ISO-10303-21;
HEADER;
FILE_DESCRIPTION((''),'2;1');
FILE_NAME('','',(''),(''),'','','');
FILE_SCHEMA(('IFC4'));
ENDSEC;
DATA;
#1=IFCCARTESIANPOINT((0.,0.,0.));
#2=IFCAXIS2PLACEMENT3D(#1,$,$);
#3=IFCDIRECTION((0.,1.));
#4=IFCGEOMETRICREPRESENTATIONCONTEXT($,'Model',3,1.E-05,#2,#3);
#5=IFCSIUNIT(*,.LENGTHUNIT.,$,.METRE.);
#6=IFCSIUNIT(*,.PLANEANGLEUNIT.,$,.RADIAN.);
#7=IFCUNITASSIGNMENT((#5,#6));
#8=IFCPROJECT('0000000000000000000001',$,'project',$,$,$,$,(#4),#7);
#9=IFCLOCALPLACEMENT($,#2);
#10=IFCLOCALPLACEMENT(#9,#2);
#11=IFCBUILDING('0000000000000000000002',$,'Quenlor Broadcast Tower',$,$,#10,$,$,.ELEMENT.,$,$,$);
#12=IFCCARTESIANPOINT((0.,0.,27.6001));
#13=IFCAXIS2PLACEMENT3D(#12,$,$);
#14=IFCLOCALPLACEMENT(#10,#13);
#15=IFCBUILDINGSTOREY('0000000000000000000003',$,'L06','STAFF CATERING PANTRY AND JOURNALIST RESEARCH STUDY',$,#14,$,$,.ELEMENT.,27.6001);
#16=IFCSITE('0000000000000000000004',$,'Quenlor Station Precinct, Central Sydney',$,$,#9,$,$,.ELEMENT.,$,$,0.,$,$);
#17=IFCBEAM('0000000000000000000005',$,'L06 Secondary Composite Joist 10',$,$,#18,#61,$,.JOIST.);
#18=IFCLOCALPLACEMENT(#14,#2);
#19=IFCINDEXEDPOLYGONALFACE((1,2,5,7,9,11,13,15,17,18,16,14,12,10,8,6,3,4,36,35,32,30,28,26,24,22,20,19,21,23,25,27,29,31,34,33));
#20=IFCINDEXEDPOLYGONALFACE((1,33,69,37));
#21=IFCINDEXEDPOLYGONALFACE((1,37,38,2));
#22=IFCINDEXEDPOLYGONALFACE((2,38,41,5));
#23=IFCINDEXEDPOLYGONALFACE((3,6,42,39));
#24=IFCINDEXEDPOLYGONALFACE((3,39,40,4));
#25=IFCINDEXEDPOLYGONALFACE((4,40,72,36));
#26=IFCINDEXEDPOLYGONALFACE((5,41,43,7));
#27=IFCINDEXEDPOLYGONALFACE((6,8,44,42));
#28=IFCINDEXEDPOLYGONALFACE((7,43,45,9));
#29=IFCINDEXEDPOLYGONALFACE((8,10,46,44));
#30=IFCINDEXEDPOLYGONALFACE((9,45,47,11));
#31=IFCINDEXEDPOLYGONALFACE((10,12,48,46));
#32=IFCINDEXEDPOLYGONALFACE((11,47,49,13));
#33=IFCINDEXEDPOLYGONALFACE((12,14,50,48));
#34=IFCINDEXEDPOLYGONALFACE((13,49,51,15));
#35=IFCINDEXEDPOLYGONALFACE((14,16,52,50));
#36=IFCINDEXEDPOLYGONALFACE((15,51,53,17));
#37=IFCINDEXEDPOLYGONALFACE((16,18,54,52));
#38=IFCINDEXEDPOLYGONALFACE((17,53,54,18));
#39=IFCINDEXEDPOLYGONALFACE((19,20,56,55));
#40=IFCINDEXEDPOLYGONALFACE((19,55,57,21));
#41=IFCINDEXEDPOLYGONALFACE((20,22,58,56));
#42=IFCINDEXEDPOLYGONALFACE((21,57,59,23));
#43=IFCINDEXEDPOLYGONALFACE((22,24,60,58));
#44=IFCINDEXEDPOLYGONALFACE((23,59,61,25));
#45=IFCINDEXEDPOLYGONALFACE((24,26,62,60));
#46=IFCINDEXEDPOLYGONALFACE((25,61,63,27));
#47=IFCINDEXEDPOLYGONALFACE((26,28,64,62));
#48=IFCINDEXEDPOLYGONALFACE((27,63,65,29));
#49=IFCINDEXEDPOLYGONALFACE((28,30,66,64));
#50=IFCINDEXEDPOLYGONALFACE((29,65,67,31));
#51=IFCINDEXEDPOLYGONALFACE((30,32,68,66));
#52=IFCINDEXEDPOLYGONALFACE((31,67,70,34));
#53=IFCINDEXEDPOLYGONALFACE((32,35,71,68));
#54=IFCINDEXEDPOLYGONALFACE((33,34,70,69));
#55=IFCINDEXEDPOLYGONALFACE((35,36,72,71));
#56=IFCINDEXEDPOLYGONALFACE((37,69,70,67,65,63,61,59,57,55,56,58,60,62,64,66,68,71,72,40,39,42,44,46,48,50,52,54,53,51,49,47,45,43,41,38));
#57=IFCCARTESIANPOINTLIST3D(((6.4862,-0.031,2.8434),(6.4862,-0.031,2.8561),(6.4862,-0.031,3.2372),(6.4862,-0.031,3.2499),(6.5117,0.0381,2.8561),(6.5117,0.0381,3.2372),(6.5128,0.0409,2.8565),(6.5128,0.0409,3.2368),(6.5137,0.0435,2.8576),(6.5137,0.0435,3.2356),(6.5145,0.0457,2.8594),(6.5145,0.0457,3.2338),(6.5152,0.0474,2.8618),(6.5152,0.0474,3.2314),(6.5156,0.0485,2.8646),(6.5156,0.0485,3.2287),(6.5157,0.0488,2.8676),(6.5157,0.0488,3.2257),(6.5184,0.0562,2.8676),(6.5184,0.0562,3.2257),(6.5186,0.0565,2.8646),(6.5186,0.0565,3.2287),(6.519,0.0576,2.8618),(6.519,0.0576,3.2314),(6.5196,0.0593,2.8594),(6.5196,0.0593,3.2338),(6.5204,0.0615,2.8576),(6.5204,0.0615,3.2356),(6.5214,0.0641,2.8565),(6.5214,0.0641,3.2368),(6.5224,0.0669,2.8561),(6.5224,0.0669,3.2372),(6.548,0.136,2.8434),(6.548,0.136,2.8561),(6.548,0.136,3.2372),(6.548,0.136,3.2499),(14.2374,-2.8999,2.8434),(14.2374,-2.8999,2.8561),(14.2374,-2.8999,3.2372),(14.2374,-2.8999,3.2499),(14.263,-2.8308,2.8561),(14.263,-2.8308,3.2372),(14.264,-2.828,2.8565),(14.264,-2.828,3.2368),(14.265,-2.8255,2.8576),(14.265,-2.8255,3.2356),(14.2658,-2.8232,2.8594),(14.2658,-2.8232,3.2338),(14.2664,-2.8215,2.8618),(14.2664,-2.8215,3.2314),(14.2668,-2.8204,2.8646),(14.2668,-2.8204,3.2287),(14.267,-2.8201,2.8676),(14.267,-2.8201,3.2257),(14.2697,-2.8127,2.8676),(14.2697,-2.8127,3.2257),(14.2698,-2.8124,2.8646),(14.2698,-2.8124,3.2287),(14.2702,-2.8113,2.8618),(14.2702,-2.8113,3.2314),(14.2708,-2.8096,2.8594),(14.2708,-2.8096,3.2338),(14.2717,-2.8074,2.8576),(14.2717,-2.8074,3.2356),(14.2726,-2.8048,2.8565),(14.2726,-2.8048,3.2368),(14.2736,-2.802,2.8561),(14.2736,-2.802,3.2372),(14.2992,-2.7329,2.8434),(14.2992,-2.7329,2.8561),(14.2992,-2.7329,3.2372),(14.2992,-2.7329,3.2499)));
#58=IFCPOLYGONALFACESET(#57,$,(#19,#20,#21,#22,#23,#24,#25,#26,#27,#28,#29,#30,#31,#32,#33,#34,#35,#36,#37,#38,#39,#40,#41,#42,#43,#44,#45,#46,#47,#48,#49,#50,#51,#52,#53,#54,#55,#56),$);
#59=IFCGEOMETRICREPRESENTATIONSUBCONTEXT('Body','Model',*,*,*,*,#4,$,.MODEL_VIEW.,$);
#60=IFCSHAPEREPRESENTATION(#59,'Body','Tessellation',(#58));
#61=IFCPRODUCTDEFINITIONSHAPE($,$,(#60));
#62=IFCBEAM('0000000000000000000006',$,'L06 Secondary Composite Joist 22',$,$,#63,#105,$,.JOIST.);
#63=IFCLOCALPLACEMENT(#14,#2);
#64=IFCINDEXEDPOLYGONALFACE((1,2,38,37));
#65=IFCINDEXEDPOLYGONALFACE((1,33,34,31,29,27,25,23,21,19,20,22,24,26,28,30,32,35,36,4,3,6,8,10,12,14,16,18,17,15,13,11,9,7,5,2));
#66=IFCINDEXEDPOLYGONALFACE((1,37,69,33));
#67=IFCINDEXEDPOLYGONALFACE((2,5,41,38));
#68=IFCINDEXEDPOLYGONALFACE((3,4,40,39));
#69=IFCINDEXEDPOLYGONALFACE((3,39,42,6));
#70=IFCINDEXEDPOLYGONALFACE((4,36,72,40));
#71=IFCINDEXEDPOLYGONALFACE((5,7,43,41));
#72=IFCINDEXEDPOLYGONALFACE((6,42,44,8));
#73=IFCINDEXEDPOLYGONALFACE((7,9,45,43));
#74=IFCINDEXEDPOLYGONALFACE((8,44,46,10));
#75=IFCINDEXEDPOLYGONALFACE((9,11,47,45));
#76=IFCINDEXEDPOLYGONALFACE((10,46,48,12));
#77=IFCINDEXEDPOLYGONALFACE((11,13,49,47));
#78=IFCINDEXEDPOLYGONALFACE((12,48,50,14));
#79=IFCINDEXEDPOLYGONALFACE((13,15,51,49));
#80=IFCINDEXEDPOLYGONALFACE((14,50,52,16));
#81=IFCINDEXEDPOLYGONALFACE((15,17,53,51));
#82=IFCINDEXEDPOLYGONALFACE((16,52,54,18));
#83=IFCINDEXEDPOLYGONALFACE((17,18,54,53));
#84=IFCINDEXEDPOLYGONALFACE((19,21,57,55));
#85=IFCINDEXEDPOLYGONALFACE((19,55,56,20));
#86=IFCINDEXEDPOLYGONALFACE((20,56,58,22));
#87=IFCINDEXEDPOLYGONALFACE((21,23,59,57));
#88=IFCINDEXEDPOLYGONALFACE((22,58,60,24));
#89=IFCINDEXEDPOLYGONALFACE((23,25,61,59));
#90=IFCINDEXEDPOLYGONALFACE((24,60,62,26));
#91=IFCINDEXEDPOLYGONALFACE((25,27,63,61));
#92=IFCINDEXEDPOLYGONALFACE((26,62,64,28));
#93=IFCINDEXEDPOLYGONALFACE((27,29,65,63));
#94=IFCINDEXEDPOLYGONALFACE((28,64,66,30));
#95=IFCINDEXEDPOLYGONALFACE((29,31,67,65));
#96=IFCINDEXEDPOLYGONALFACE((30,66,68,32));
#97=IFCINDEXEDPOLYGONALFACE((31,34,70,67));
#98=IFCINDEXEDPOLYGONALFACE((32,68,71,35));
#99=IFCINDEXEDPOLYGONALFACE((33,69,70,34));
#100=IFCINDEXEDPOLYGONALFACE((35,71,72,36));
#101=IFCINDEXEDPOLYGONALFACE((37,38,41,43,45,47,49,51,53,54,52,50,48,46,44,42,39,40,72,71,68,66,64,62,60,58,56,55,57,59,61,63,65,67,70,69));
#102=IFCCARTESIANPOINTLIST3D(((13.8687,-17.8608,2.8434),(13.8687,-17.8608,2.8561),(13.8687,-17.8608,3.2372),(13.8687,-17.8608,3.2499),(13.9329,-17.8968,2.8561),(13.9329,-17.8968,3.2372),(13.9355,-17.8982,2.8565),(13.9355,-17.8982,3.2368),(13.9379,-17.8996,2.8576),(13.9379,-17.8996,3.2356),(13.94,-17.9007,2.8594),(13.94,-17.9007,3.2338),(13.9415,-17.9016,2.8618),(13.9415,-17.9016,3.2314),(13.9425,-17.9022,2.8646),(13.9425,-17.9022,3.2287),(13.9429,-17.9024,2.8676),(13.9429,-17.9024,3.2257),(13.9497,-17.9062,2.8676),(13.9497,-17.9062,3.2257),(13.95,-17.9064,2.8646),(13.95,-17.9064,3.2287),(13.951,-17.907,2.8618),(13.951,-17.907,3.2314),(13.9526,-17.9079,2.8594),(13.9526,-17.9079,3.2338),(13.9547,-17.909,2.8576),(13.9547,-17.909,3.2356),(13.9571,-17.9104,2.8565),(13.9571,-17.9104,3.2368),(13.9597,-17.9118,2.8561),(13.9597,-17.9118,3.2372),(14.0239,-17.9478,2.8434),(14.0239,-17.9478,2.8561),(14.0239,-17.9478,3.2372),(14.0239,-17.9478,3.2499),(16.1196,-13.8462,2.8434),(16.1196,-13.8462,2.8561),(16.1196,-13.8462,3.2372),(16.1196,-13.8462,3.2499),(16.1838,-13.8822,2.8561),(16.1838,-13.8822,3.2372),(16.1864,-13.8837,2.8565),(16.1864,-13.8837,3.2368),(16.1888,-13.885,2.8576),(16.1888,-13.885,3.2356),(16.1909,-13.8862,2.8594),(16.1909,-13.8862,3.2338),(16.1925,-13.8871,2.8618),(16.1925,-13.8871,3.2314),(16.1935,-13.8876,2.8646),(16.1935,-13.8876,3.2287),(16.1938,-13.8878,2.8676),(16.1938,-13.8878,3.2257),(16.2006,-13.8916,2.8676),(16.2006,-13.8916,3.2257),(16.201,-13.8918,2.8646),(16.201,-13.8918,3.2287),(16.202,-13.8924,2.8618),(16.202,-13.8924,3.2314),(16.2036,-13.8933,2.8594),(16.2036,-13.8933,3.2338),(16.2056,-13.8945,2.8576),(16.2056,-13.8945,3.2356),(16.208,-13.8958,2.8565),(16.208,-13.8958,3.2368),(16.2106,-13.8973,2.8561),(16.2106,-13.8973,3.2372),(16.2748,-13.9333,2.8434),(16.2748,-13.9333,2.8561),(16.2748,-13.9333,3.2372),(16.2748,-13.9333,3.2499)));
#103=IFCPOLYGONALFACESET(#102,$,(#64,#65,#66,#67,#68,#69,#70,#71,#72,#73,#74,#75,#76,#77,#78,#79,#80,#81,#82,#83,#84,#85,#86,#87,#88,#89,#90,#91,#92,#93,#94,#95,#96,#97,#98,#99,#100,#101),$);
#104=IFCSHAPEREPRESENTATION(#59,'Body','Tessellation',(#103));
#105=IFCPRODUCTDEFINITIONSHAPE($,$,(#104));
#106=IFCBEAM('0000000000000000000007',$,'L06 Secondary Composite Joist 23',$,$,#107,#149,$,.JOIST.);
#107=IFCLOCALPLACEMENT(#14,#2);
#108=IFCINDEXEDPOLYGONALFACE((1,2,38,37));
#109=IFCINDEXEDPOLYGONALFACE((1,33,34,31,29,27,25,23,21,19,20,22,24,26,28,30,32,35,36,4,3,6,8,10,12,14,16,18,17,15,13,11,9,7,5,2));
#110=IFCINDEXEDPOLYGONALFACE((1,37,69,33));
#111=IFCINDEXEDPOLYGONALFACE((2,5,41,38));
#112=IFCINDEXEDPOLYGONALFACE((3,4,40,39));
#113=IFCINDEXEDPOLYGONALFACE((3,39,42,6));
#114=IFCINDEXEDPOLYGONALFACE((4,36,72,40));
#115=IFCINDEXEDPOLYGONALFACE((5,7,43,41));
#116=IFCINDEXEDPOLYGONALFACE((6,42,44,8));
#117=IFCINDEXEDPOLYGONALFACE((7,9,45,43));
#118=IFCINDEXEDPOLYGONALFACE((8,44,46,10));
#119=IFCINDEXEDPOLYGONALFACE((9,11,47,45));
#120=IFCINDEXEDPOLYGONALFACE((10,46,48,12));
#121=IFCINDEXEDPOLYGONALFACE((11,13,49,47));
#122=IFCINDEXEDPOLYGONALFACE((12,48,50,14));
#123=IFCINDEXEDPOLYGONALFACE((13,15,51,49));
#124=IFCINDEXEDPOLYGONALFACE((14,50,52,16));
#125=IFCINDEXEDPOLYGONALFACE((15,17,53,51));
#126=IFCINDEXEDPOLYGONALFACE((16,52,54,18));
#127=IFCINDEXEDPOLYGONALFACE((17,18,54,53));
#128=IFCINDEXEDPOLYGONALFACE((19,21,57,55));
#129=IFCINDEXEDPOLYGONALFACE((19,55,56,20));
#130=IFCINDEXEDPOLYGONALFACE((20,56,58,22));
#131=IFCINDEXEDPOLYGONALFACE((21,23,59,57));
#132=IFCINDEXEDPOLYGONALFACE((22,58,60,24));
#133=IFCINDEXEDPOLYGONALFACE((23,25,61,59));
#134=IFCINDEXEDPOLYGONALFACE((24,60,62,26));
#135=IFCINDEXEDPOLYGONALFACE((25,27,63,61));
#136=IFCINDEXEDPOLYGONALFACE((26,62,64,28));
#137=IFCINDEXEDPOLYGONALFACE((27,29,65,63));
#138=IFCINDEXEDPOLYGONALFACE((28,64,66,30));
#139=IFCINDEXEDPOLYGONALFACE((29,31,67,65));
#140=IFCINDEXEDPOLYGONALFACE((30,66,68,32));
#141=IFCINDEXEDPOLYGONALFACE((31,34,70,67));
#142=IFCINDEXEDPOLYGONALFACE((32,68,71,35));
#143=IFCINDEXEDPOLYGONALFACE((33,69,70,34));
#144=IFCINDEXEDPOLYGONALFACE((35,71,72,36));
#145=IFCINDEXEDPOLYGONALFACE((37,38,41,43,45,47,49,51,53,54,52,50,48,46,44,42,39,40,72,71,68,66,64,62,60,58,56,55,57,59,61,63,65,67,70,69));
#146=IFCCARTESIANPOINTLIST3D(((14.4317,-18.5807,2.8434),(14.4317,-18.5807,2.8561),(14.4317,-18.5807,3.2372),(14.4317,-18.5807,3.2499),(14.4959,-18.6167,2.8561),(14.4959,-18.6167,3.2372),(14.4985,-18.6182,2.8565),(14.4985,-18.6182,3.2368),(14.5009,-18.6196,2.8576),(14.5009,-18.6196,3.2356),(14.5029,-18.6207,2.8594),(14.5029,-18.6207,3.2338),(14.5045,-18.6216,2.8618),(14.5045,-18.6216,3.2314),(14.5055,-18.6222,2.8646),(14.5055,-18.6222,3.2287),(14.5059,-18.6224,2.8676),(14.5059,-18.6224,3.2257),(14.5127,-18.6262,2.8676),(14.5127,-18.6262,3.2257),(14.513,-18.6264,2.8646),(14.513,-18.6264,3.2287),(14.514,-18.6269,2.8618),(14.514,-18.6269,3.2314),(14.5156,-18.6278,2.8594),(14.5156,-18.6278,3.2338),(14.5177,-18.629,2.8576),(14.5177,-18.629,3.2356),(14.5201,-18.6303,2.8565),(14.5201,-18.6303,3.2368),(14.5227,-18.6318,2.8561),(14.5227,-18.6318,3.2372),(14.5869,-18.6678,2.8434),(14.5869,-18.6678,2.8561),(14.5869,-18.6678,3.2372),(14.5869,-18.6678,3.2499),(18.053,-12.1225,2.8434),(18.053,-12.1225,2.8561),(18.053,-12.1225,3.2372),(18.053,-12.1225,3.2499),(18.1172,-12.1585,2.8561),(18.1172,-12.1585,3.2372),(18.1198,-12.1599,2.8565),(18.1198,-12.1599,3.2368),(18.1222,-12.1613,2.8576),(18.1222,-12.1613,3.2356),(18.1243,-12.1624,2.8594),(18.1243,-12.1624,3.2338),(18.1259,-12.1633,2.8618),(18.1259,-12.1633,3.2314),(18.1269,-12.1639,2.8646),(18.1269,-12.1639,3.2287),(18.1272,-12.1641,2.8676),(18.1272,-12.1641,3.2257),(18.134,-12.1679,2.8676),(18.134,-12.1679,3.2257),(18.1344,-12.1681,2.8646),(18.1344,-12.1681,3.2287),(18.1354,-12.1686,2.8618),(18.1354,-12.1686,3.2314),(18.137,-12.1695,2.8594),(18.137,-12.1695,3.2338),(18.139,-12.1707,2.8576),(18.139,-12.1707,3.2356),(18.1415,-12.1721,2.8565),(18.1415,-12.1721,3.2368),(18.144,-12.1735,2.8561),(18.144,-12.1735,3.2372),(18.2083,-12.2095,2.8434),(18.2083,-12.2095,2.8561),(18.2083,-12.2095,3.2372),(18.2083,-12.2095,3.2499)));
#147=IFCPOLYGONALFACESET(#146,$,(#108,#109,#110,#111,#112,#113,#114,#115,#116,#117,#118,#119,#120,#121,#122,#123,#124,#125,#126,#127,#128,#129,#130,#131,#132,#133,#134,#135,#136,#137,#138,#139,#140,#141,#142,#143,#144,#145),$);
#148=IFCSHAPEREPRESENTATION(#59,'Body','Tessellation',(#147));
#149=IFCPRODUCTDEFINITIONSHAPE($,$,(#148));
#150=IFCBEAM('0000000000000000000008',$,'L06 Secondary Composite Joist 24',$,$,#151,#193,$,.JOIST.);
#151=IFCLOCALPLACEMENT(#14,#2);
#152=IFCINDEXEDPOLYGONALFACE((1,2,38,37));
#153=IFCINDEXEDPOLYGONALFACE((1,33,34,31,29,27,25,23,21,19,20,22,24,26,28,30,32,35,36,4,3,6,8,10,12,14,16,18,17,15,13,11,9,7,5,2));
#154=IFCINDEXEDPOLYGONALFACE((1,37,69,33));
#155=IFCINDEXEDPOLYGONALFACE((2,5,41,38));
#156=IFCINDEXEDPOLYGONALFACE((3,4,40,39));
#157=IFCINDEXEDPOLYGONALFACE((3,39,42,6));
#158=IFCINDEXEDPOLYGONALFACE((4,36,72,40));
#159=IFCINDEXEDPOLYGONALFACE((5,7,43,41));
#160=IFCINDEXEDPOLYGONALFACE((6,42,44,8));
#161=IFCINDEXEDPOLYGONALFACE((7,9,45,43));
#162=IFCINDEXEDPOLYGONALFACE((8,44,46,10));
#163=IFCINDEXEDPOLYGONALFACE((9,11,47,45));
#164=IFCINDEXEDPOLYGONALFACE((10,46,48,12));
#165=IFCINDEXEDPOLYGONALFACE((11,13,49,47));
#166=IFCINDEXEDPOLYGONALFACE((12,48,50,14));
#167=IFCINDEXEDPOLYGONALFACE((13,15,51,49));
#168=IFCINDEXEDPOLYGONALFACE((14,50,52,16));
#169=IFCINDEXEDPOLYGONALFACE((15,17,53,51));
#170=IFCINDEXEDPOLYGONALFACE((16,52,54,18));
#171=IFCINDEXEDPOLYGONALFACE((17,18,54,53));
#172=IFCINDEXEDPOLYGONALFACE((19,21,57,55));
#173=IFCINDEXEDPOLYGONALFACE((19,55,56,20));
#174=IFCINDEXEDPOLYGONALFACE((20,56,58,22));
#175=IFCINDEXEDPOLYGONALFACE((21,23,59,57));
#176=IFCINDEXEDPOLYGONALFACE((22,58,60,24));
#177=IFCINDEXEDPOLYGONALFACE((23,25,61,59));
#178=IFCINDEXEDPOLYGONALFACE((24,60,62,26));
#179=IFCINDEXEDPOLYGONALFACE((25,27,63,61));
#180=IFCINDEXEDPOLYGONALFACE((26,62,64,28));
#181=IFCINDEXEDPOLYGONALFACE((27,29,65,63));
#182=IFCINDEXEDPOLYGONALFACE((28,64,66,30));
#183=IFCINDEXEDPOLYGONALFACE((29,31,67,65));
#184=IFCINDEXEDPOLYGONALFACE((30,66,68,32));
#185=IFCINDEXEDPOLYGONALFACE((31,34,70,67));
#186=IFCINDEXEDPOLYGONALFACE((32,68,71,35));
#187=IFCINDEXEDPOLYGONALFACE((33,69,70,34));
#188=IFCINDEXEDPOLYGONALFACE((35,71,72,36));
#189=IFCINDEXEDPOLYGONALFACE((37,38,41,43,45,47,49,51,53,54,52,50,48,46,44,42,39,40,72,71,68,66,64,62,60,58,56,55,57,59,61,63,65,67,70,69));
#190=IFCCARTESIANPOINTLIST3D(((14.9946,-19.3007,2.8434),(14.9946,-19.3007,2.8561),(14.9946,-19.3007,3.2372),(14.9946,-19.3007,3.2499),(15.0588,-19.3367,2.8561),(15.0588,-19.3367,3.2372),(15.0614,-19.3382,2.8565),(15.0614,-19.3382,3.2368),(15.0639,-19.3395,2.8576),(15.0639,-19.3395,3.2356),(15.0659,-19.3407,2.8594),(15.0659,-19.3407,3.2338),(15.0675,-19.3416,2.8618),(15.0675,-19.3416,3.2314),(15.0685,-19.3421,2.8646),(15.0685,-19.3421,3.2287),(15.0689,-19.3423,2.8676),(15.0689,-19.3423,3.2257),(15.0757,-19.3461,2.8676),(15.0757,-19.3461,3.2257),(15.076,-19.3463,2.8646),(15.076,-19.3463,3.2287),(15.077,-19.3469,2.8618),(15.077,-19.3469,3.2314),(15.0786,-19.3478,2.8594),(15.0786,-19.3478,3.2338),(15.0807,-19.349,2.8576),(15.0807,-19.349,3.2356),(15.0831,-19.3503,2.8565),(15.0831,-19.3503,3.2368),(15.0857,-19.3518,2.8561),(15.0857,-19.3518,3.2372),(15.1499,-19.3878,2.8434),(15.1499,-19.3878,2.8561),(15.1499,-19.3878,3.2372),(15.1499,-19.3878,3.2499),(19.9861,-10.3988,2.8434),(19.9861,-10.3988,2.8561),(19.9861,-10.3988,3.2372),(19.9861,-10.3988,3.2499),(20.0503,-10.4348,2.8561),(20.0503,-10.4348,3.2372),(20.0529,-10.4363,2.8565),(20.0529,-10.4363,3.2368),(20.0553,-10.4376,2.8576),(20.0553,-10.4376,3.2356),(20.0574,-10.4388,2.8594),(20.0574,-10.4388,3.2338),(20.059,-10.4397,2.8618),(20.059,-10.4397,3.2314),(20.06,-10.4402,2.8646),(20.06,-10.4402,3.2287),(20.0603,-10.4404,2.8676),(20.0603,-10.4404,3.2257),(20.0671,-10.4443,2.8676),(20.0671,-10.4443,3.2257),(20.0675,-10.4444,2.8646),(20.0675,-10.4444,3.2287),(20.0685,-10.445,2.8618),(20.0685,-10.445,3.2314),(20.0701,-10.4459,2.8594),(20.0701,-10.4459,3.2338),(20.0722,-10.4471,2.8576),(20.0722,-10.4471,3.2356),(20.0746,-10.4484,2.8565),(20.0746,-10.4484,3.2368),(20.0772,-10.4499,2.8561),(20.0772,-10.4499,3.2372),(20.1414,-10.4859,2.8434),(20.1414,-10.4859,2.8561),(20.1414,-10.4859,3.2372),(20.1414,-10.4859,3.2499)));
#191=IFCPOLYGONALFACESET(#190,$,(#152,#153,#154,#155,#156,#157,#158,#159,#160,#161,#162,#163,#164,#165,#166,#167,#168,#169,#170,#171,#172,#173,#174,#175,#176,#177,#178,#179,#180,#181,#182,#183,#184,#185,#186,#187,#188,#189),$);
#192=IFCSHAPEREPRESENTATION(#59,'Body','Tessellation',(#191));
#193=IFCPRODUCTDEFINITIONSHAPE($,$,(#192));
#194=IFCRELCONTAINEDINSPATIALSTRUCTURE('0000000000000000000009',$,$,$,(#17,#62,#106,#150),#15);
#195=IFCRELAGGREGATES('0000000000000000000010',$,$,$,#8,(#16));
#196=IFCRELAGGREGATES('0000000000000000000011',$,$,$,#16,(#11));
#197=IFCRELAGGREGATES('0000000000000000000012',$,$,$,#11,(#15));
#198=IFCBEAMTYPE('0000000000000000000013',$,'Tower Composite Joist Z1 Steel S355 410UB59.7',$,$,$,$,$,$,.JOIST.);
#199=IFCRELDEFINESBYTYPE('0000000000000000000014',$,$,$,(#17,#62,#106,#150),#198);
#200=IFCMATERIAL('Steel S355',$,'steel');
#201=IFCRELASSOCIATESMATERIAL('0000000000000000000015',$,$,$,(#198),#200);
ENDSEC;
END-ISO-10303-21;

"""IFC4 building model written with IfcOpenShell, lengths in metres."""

from ifc_helpers import new_model, si_unit, direction, frame, origin, origin_2d, place, context, subcontext, project, spatial, i_section, extrude, material, material_profile, profile_set, type_object, element, save


model = new_model("IFC4")

# Units and contexts
model_context = context("Model", 3, precision=1e-05, world=origin(), true_north=direction((0.0, 1.0)))
body_context = subcontext(model_context, "Body", "Model", "MODEL_VIEW")
ifc_project = project(units=[si_unit("LENGTHUNIT", "METRE"), si_unit("PLANEANGLEUNIT", "RADIAN")], contexts=[model_context])

# Site, building, storey
site_placement = place(None, origin())
site = spatial("IfcSite", under=ifc_project, at=site_placement, Name="Quenlor Station Precinct, Central Sydney", CompositionType="ELEMENT", RefElevation=0.0)
building_placement = place(site_placement, origin())
building = spatial("IfcBuilding", under=site, at=building_placement, Name="Quenlor Broadcast Tower", CompositionType="ELEMENT")
storey_placement = place(building_placement, frame((0.0, 0.0, 27.6001)))
storey = spatial("IfcBuildingStorey", under=building, at=storey_placement, Name="L06", Description="STAFF CATERING PANTRY AND JOURNALIST RESEARCH STUDY", CompositionType="ELEMENT", Elevation=27.6001)

# Beams
ifc_material_1 = material(Name="Steel S355", Category="steel")
ifc_material_profile_1 = material_profile(ifc_material_1, i_section(OverallWidth=0.178, OverallDepth=0.4065, WebThickness=0.0078, FlangeThickness=0.0127, FilletRadius=0.0115, at=origin_2d()))
ifc_profile_set_1 = profile_set([ifc_material_profile_1], Name="Steel S355 410UB59.7")
beam_type_1 = type_object("IfcBeamType", Name="Tower Composite Joist Z1 Steel S355 410UB59.7", PredefinedType="JOIST", material=ifc_profile_set_1)
beam_1_placement = place(storey_placement, frame((14.2683, -2.8164, 3.0466), z_axis=(-0.937825, 0.347109, 0.0), x_axis=(-0.347109, -0.937825, 0.0)))
element("IfcBeam", 1, at=beam_1_placement, inside=storey, type_object=beam_type_1, Name="L06 Secondary Composite Joist 10", PredefinedType="JOIST", context=body_context, shape_type="SweptSolid", body=[
    extrude(i_section(OverallWidth=0.178, OverallDepth=0.4065, WebThickness=0.0078, FlangeThickness=0.0127, FilletRadius=0.0115, at=origin_2d()), origin(), (0.0, 0.0, 1.0), 8.2651),
])
beam_2_placement = place(storey_placement, frame((13.9463, -17.9043, 3.0466), z_axis=(0.489062, 0.872249, 0.0), x_axis=(-0.872249, 0.489062, 0.0)))
element("IfcBeam", 2, at=beam_2_placement, inside=storey, type_object=beam_type_1, Name="L06 Secondary Composite Joist 22", PredefinedType="JOIST", context=body_context, shape_type="SweptSolid", body=[
    extrude(i_section(OverallWidth=0.178, OverallDepth=0.4065, WebThickness=0.0078, FlangeThickness=0.0127, FilletRadius=0.0115, at=origin_2d()), origin(), (0.0, 0.0, 1.0), 4.6025),
])
beam_3_placement = place(storey_placement, frame((14.5093, -18.6243, 3.0466), z_axis=(0.489088, 0.872234, 0.0), x_axis=(-0.872234, 0.489088, 0.0)))
element("IfcBeam", 3, at=beam_3_placement, inside=storey, type_object=beam_type_1, Name="L06 Secondary Composite Joist 23", PredefinedType="JOIST", context=body_context, shape_type="SweptSolid", body=[
    extrude(i_section(OverallWidth=0.178, OverallDepth=0.4065, WebThickness=0.0078, FlangeThickness=0.0127, FilletRadius=0.0115, at=origin_2d()), origin(), (0.0, 0.0, 1.0), 7.4043),
])
beam_4_placement = place(storey_placement, frame((15.0723, -19.3442, 3.0466), z_axis=(0.489082, 0.872238, 0.0), x_axis=(-0.872238, 0.489082, 0.0)))
element("IfcBeam", 4, at=beam_4_placement, inside=storey, type_object=beam_type_1, Name="L06 Secondary Composite Joist 24", PredefinedType="JOIST", context=body_context, shape_type="SweptSolid", body=[
    extrude(i_section(OverallWidth=0.178, OverallDepth=0.4065, WebThickness=0.0078, FlangeThickness=0.0127, FilletRadius=0.0115, at=origin_2d()), origin(), (0.0, 0.0, 1.0), 10.2058),
])

save(model, "model.ifc")
